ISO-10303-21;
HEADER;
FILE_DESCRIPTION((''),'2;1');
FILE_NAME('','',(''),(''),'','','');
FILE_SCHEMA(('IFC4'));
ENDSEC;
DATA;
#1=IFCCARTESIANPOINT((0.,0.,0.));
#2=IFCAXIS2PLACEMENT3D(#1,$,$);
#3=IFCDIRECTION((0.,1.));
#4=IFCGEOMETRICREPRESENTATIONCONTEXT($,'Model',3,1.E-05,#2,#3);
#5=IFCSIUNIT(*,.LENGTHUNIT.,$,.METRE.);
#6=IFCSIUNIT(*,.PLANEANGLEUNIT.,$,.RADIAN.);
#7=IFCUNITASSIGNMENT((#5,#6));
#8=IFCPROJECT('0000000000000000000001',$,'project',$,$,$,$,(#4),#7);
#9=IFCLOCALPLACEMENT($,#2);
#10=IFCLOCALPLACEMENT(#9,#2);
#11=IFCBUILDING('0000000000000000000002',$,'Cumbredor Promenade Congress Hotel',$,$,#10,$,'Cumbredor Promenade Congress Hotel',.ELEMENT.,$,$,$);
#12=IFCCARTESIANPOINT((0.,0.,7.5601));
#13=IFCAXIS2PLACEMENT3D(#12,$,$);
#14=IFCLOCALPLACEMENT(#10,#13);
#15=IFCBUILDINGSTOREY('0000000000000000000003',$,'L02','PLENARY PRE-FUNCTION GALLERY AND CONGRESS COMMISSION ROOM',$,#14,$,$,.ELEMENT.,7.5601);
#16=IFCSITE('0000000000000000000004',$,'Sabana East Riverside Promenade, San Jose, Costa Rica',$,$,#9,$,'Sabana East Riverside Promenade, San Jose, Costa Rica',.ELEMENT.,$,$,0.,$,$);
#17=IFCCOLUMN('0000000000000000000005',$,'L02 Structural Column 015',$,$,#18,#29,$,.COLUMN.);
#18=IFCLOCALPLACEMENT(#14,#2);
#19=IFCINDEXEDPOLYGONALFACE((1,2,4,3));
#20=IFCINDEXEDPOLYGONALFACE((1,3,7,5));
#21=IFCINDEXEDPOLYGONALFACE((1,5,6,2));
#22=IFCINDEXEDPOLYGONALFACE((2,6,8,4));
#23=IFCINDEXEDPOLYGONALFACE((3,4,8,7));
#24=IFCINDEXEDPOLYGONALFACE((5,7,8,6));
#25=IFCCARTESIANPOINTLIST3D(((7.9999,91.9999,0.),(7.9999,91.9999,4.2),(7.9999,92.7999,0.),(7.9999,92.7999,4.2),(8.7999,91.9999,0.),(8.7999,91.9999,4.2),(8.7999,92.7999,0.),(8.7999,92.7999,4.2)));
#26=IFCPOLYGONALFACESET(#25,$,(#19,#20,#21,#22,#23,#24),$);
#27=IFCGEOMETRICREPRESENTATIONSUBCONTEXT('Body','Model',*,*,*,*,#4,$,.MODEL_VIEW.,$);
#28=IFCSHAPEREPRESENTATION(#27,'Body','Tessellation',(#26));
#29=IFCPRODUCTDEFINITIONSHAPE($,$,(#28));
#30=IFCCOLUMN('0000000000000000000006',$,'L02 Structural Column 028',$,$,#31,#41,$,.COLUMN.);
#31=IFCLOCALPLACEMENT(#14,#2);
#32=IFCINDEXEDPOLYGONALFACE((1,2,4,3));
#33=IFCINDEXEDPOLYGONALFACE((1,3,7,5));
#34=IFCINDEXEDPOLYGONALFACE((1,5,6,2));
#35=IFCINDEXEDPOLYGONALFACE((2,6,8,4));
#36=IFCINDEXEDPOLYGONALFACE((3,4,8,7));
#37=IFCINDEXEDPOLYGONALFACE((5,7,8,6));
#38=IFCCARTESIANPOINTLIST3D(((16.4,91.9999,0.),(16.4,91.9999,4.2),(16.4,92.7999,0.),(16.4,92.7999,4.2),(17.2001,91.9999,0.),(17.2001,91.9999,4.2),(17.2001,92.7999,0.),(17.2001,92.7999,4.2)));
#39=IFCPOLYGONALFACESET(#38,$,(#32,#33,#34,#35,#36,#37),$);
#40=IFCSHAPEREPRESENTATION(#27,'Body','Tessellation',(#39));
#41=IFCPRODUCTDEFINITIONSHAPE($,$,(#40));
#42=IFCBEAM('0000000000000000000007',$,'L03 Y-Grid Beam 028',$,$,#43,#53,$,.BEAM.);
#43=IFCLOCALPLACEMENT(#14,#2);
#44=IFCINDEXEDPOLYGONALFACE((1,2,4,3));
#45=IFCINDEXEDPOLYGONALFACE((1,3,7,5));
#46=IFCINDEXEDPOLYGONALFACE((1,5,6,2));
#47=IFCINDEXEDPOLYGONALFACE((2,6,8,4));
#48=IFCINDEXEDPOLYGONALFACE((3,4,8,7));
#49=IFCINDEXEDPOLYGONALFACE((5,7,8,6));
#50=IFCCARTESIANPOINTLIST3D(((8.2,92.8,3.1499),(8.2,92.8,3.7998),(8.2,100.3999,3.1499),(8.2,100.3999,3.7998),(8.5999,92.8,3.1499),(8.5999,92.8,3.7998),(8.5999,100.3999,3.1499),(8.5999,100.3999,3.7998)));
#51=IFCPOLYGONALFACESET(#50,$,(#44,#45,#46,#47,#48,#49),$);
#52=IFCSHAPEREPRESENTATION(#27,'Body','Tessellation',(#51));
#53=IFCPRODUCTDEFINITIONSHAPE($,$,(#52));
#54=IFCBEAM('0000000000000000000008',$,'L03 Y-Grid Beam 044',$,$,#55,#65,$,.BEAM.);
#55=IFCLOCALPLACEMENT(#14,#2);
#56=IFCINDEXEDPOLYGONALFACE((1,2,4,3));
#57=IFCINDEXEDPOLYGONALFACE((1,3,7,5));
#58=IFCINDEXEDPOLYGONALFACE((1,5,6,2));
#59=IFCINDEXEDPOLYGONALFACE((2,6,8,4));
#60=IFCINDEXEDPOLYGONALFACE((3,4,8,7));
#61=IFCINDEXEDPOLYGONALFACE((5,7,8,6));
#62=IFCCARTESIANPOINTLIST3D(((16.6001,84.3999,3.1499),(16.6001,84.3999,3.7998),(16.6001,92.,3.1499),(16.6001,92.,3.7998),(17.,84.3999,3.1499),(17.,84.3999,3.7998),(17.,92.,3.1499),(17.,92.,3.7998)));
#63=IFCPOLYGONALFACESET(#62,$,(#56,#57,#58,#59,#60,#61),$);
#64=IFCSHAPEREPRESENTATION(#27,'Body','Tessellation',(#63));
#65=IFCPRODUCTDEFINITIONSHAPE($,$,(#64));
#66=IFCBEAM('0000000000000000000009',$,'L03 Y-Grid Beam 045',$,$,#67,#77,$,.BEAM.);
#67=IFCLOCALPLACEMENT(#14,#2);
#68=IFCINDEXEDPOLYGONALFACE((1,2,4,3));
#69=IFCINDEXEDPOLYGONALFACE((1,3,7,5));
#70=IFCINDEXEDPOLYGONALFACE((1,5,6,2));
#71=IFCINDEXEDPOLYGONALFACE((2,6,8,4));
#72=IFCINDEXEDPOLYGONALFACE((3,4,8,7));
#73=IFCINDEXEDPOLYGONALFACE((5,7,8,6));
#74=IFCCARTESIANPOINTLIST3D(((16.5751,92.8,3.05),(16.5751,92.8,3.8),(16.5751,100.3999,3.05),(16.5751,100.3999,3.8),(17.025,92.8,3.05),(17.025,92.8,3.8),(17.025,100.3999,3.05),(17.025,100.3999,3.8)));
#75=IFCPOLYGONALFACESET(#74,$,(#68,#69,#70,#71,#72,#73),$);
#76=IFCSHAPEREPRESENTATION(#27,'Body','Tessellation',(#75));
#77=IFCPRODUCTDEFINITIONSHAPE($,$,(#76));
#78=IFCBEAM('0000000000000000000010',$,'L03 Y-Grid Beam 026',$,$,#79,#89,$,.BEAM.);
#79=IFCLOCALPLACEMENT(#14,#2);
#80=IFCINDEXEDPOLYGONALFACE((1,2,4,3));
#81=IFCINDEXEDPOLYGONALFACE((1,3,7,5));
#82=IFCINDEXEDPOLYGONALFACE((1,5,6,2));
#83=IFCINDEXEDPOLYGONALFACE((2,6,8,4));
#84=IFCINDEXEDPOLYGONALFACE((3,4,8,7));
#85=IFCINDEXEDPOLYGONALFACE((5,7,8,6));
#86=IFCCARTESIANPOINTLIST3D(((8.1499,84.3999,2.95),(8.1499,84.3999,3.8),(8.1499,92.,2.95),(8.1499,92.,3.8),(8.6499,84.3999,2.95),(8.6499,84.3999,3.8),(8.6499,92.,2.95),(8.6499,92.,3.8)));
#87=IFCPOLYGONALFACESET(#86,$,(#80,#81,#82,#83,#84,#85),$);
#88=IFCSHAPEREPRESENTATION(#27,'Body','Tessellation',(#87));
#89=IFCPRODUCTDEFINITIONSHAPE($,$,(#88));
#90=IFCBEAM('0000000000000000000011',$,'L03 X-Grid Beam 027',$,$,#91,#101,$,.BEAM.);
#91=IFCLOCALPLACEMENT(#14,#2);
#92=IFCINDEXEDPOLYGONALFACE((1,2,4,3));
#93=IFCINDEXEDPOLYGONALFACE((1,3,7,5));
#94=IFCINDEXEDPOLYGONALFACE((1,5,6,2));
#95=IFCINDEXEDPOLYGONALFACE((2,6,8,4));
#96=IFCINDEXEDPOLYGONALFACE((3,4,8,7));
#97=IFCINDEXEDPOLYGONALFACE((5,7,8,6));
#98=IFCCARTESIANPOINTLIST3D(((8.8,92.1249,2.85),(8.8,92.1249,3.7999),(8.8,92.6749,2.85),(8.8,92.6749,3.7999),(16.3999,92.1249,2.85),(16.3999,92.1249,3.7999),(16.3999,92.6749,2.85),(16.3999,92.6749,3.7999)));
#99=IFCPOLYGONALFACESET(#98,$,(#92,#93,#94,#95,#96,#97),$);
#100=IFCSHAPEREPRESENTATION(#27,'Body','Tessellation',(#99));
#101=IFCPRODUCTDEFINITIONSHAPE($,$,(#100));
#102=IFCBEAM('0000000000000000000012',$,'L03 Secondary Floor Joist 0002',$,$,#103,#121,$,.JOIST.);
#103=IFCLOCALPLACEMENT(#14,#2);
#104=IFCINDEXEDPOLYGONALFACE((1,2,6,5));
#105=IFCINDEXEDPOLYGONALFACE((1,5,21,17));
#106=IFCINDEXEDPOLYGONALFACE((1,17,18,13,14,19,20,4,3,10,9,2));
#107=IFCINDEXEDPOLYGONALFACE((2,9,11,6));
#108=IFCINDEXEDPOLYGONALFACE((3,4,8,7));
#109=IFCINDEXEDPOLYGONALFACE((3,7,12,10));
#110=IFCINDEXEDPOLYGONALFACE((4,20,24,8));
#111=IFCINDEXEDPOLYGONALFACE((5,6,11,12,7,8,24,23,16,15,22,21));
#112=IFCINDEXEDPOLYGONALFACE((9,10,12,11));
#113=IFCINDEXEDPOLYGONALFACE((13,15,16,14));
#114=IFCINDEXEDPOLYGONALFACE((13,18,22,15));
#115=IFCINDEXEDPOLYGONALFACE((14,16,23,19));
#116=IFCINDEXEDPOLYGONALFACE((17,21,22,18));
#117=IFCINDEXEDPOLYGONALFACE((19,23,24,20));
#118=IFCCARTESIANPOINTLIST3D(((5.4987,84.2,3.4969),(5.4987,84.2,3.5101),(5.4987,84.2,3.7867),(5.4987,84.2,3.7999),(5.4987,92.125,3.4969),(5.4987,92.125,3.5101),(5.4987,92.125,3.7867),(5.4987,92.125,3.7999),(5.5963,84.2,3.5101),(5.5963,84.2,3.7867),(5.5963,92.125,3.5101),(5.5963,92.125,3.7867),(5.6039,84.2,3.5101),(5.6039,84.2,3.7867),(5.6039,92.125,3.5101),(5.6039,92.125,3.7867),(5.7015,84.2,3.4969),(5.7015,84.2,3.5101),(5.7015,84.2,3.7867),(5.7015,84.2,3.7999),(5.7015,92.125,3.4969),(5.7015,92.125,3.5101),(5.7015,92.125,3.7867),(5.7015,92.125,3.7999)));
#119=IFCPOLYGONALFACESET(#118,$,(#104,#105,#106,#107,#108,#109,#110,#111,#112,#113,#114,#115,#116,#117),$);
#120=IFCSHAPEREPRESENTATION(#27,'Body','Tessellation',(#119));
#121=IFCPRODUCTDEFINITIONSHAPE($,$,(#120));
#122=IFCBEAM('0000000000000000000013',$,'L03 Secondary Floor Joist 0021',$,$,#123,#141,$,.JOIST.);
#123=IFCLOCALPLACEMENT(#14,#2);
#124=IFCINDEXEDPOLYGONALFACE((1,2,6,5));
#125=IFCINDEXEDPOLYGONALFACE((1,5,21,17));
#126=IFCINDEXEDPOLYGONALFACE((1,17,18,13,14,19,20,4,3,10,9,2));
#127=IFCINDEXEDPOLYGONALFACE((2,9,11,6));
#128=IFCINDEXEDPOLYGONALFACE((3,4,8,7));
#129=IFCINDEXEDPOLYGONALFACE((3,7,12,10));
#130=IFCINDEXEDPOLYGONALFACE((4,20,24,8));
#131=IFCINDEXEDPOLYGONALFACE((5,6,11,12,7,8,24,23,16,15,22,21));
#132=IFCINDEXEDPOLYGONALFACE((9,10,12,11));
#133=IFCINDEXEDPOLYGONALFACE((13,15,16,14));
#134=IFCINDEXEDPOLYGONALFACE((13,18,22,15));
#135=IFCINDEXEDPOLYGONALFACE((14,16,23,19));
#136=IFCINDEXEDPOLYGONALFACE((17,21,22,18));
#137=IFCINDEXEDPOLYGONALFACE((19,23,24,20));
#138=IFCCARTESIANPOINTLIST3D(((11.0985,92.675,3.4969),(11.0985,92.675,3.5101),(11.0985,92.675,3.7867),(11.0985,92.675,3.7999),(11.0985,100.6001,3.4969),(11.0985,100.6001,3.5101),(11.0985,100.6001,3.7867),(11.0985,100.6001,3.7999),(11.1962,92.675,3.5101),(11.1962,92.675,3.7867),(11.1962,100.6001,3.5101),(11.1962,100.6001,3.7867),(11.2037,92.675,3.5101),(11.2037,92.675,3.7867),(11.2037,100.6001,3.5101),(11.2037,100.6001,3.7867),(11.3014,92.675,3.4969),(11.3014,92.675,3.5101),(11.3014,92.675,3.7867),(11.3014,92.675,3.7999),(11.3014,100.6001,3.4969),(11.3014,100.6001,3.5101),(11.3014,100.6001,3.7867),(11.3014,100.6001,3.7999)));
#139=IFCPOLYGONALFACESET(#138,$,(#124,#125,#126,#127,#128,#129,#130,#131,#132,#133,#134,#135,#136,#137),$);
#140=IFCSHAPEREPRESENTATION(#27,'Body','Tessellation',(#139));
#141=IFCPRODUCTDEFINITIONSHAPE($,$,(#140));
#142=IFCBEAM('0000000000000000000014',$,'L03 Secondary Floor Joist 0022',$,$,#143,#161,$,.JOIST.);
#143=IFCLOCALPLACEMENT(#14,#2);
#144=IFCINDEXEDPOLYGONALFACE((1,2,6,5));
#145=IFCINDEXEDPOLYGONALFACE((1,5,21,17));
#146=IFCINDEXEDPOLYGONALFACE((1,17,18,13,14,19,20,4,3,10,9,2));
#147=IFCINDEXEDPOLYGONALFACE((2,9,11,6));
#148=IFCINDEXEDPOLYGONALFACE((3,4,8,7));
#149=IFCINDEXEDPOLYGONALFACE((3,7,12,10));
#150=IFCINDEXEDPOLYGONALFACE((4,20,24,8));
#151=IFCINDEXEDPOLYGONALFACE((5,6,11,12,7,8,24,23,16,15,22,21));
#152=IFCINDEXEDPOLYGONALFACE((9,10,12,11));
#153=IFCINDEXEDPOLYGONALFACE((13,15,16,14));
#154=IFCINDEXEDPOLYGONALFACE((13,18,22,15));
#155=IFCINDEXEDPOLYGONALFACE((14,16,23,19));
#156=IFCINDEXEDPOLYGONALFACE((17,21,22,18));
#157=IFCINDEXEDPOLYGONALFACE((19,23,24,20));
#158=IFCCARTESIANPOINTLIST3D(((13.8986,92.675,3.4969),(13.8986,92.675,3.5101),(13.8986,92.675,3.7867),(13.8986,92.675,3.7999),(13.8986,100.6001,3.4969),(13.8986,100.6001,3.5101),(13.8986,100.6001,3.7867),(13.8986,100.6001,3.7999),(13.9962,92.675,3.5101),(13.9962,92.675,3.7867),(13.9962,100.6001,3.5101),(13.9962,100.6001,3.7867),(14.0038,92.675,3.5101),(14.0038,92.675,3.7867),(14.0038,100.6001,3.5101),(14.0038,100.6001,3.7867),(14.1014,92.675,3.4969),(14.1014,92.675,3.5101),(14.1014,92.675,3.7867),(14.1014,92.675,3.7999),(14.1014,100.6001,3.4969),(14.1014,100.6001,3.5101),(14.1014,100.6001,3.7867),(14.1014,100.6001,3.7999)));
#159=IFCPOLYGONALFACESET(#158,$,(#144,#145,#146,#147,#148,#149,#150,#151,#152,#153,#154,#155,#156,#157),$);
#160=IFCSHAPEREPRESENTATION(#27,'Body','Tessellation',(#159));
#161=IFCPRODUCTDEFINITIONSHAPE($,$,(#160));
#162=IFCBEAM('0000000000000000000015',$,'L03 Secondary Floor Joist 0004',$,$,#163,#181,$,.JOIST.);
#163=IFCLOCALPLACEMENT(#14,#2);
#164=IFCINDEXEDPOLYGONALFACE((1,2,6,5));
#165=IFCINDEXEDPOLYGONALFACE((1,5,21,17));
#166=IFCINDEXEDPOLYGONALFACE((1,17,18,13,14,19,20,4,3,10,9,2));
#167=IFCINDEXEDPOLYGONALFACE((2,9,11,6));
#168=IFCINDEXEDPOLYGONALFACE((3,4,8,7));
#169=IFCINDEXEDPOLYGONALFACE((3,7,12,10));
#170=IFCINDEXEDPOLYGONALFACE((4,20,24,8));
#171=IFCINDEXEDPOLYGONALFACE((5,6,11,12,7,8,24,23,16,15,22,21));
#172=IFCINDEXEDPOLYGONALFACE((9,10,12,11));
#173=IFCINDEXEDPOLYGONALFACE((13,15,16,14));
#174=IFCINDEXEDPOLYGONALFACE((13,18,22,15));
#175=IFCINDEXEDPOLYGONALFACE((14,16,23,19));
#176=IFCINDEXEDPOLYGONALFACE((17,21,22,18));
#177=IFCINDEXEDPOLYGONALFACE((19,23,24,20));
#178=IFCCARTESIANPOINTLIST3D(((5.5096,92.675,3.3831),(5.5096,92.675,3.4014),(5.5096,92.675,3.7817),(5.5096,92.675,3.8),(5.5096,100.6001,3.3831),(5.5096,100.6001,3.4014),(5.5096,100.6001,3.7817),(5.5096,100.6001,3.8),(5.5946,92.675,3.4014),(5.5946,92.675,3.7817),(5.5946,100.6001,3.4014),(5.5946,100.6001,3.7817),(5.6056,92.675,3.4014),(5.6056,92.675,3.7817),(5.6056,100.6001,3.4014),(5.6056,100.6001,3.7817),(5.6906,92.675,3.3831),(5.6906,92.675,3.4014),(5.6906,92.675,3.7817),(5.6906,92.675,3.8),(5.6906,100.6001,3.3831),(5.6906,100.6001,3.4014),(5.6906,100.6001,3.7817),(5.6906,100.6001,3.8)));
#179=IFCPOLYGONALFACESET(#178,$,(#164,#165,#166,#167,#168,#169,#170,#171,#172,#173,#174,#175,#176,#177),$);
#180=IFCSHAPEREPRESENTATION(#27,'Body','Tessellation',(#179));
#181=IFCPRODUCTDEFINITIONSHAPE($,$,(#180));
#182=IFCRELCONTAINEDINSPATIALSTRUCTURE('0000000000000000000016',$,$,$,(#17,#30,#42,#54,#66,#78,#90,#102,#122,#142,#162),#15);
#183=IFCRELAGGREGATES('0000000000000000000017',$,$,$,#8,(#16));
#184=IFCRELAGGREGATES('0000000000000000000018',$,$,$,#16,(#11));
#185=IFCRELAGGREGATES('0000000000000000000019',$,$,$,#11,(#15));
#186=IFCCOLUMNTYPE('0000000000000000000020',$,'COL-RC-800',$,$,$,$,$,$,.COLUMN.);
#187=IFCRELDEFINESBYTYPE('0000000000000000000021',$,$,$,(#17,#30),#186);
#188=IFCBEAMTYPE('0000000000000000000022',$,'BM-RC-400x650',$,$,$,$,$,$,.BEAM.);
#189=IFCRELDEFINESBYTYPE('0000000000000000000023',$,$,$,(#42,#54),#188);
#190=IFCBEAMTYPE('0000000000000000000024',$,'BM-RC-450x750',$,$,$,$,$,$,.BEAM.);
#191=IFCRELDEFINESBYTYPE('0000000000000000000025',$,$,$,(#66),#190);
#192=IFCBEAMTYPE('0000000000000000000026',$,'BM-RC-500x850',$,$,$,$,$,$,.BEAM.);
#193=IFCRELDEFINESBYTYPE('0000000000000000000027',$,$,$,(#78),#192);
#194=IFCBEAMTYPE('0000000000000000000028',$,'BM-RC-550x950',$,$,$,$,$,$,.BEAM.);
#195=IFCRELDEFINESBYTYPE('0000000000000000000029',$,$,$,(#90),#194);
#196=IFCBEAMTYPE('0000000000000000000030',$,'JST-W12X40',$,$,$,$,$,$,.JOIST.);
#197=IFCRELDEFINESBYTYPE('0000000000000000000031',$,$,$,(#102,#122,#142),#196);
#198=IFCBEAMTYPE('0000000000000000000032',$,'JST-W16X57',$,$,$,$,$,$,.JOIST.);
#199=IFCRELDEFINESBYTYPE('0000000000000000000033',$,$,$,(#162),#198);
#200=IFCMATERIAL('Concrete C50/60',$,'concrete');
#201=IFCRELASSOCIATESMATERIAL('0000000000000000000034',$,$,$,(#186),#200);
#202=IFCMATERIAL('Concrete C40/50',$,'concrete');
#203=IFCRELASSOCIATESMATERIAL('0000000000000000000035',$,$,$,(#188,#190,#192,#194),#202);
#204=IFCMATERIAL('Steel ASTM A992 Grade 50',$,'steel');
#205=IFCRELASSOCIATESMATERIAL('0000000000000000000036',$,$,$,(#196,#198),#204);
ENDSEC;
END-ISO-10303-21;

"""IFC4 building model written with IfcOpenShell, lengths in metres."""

from ifc_helpers import new_model, si_unit, direction, frame, origin, origin_2d, place, context, subcontext, project, spatial, rectangle, i_section, extrude, material, material_profile, profile_set, type_object, element, save


model = new_model("IFC4")

# Units and contexts
model_context = context("Model", 3, precision=1e-05, world=origin(), true_north=direction((0.0, 1.0)))
body_context = subcontext(model_context, "Body", "Model", "MODEL_VIEW")
ifc_project = project(units=[si_unit("LENGTHUNIT", "METRE"), si_unit("PLANEANGLEUNIT", "RADIAN")], contexts=[model_context])

# Site, building, storey
site_placement = place(None, origin())
site = spatial("IfcSite", under=ifc_project, at=site_placement, Name="Sabana East Riverside Promenade, San Jose, Costa Rica", LongName="Sabana East Riverside Promenade, San Jose, Costa Rica", CompositionType="ELEMENT", RefElevation=0.0)
building_placement = place(site_placement, origin())
building = spatial("IfcBuilding", under=site, at=building_placement, Name="Cumbredor Promenade Congress Hotel", LongName="Cumbredor Promenade Congress Hotel", CompositionType="ELEMENT")
storey_placement = place(building_placement, frame((0.0, 0.0, 7.5601)))
storey = spatial("IfcBuildingStorey", under=building, at=storey_placement, Name="L02", Description="PLENARY PRE-FUNCTION GALLERY AND CONGRESS COMMISSION ROOM", CompositionType="ELEMENT", Elevation=7.5601)

# Columns
ifc_material_1 = material(Name="Concrete C50/60", Category="concrete")
ifc_material_profile_1 = material_profile(ifc_material_1, rectangle(XDim=0.8, YDim=0.8, at=origin_2d()), Name="RC 800x800")
ifc_profile_set_1 = profile_set([ifc_material_profile_1], Name="Concrete C50/60")
column_type = type_object("IfcColumnType", Name="COL-RC-800", PredefinedType="COLUMN", material=ifc_profile_set_1)
for number, where, z_axis, x_axis, name in (
    (1, (8.3999, 92.3999, 0.0), (0.0, 0.0, 1.0), (1.0, 0.0, 0.0), "L02 Structural Column 015"),
    (2, (16.8, 92.3999, 0.0), (0.0, 0.0, 1.0), (1.0, 0.0, 0.0), "L02 Structural Column 028"),
):
    element("IfcColumn", number, at=place(storey_placement, frame(where, z_axis=z_axis, x_axis=x_axis)), inside=storey, type_object=column_type, Name=name, PredefinedType="COLUMN", context=body_context, shape_type="SweptSolid", body=[
        extrude(rectangle(XDim=0.8, YDim=0.8, at=origin_2d()), origin(), (0.0, 0.0, 1.0), 4.2),
    ])

# Beams
ifc_material_2 = material(Name="Concrete C40/50", Category="concrete")
ifc_material_profile_2 = material_profile(ifc_material_2, rectangle(XDim=0.3999, YDim=0.6499, at=origin_2d()), Name="RC BEAM 400x650")
ifc_profile_set_2 = profile_set([ifc_material_profile_2], Name="Concrete C40/50")
beam_type_1 = type_object("IfcBeamType", Name="BM-RC-400x650", PredefinedType="BEAM", material=ifc_profile_set_2)
beam_1_placement = place(storey_placement, frame((8.3999, 92.8, 3.4749), z_axis=(0.0, 1.0, 0.0), x_axis=(-1.0, 0.0, 0.0)))
element("IfcBeam", 3, at=beam_1_placement, inside=storey, type_object=beam_type_1, Name="L03 Y-Grid Beam 028", PredefinedType="BEAM", context=body_context, shape_type="SweptSolid", body=[
    extrude(rectangle(XDim=0.3999, YDim=0.6499, at=origin_2d()), origin(), (0.0, 0.0, 1.0), 7.5999),
])
beam_2_placement = place(storey_placement, frame((16.8, 84.3999, 3.4749), z_axis=(0.0, 1.0, 0.0), x_axis=(-1.0, 0.0, 0.0)))
element("IfcBeam", 4, at=beam_2_placement, inside=storey, type_object=beam_type_1, Name="L03 Y-Grid Beam 044", PredefinedType="BEAM", context=body_context, shape_type="SweptSolid", body=[
    extrude(rectangle(XDim=0.3999, YDim=0.6499, at=origin_2d()), origin(), (0.0, 0.0, 1.0), 7.6001),
])
ifc_material_profile_3 = material_profile(ifc_material_2, rectangle(XDim=0.45, YDim=0.75, at=origin_2d()), Name="RC BEAM 450x750")
ifc_profile_set_3 = profile_set([ifc_material_profile_3], Name="Concrete C40/50")
beam_type_2 = type_object("IfcBeamType", Name="BM-RC-450x750", PredefinedType="BEAM", material=ifc_profile_set_3)
beam_3_placement = place(storey_placement, frame((16.8, 92.8, 3.425), z_axis=(0.0, 1.0, 0.0), x_axis=(-1.0, 0.0, 0.0)))
element("IfcBeam", 5, at=beam_3_placement, inside=storey, type_object=beam_type_2, Name="L03 Y-Grid Beam 045", PredefinedType="BEAM", context=body_context, shape_type="SweptSolid", body=[
    extrude(rectangle(XDim=0.45, YDim=0.75, at=origin_2d()), origin(), (0.0, 0.0, 1.0), 7.5999),
])
ifc_material_profile_4 = material_profile(ifc_material_2, rectangle(XDim=0.5, YDim=0.8501, at=origin_2d()), Name="RC BEAM 500x850")
ifc_profile_set_4 = profile_set([ifc_material_profile_4], Name="Concrete C40/50")
beam_type_3 = type_object("IfcBeamType", Name="BM-RC-500x850", PredefinedType="BEAM", material=ifc_profile_set_4)
beam_4_placement = place(storey_placement, frame((8.3999, 84.3999, 3.375), z_axis=(0.0, 1.0, 0.0), x_axis=(-1.0, 0.0, 0.0)))
element("IfcBeam", 6, at=beam_4_placement, inside=storey, type_object=beam_type_3, Name="L03 Y-Grid Beam 026", PredefinedType="BEAM", context=body_context, shape_type="SweptSolid", body=[
    extrude(rectangle(XDim=0.5, YDim=0.8501, at=origin_2d()), origin(), (0.0, 0.0, 1.0), 7.6001),
])
ifc_material_profile_5 = material_profile(ifc_material_2, rectangle(XDim=0.55, YDim=0.95, at=origin_2d()), Name="RC BEAM 550x950")
ifc_profile_set_5 = profile_set([ifc_material_profile_5], Name="Concrete C40/50")
beam_type_4 = type_object("IfcBeamType", Name="BM-RC-550x950", PredefinedType="BEAM", material=ifc_profile_set_5)
beam_5_placement = place(storey_placement, frame((8.8, 92.3999, 3.325), z_axis=(1.0, 0.0, 0.0), x_axis=(0.0, 1.0, 0.0)))
element("IfcBeam", 7, at=beam_5_placement, inside=storey, type_object=beam_type_4, Name="L03 X-Grid Beam 027", PredefinedType="BEAM", context=body_context, shape_type="SweptSolid", body=[
    extrude(rectangle(XDim=0.55, YDim=0.95, at=origin_2d()), origin(), (0.0, 0.0, 1.0), 7.5999),
])
ifc_material_3 = material(Name="Steel ASTM A992 Grade 50", Category="steel")
ifc_material_profile_6 = material_profile(ifc_material_3, i_section(OverallWidth=0.2029, OverallDepth=0.303, WebThickness=0.0076, FlangeThickness=0.0132, at=origin_2d()), Name="W12X40")
ifc_profile_set_6 = profile_set([ifc_material_profile_6], Name="Steel ASTM A992 Grade 50")
beam_type_5 = type_object("IfcBeamType", Name="JST-W12X40", PredefinedType="JOIST", material=ifc_profile_set_6)
for number, where, z_axis, x_axis, name in (
    (8, (5.6001, 84.2, 3.6484), (0.0, 1.0, 0.0), (-1.0, 0.0, 0.0), "L03 Secondary Floor Joist 0002"),
    (9, (11.2, 92.675, 3.6484), (0.0, 1.0, 0.0), (-1.0, 0.0, 0.0), "L03 Secondary Floor Joist 0021"),
    (10, (14.0, 92.675, 3.6484), (0.0, 1.0, 0.0), (-1.0, 0.0, 0.0), "L03 Secondary Floor Joist 0022"),
):
    element("IfcBeam", number, at=place(storey_placement, frame(where, z_axis=z_axis, x_axis=x_axis)), inside=storey, type_object=beam_type_5, Name=name, PredefinedType="JOIST", context=body_context, shape_type="SweptSolid", body=[
        extrude(i_section(OverallWidth=0.2029, OverallDepth=0.303, WebThickness=0.0076, FlangeThickness=0.0132, at=origin_2d()), origin(), (0.0, 0.0, 1.0), 7.925),
    ])
ifc_material_profile_7 = material_profile(ifc_material_3, i_section(OverallWidth=0.1809, OverallDepth=0.417, WebThickness=0.011, FlangeThickness=0.0183, at=origin_2d()), Name="W16X57")
ifc_profile_set_7 = profile_set([ifc_material_profile_7], Name="Steel ASTM A992 Grade 50")
beam_type_6 = type_object("IfcBeamType", Name="JST-W16X57", PredefinedType="JOIST", material=ifc_profile_set_7)
beam_6_placement = place(storey_placement, frame((5.6001, 92.675, 3.5916), z_axis=(0.0, 1.0, 0.0), x_axis=(-1.0, 0.0, 0.0)))
element("IfcBeam", 11, at=beam_6_placement, inside=storey, type_object=beam_type_6, Name="L03 Secondary Floor Joist 0004", PredefinedType="JOIST", context=body_context, shape_type="SweptSolid", body=[
    extrude(i_section(OverallWidth=0.1809, OverallDepth=0.417, WebThickness=0.011, FlangeThickness=0.0183, at=origin_2d()), origin(), (0.0, 0.0, 1.0), 7.925),
])

save(model, "model.ifc")
